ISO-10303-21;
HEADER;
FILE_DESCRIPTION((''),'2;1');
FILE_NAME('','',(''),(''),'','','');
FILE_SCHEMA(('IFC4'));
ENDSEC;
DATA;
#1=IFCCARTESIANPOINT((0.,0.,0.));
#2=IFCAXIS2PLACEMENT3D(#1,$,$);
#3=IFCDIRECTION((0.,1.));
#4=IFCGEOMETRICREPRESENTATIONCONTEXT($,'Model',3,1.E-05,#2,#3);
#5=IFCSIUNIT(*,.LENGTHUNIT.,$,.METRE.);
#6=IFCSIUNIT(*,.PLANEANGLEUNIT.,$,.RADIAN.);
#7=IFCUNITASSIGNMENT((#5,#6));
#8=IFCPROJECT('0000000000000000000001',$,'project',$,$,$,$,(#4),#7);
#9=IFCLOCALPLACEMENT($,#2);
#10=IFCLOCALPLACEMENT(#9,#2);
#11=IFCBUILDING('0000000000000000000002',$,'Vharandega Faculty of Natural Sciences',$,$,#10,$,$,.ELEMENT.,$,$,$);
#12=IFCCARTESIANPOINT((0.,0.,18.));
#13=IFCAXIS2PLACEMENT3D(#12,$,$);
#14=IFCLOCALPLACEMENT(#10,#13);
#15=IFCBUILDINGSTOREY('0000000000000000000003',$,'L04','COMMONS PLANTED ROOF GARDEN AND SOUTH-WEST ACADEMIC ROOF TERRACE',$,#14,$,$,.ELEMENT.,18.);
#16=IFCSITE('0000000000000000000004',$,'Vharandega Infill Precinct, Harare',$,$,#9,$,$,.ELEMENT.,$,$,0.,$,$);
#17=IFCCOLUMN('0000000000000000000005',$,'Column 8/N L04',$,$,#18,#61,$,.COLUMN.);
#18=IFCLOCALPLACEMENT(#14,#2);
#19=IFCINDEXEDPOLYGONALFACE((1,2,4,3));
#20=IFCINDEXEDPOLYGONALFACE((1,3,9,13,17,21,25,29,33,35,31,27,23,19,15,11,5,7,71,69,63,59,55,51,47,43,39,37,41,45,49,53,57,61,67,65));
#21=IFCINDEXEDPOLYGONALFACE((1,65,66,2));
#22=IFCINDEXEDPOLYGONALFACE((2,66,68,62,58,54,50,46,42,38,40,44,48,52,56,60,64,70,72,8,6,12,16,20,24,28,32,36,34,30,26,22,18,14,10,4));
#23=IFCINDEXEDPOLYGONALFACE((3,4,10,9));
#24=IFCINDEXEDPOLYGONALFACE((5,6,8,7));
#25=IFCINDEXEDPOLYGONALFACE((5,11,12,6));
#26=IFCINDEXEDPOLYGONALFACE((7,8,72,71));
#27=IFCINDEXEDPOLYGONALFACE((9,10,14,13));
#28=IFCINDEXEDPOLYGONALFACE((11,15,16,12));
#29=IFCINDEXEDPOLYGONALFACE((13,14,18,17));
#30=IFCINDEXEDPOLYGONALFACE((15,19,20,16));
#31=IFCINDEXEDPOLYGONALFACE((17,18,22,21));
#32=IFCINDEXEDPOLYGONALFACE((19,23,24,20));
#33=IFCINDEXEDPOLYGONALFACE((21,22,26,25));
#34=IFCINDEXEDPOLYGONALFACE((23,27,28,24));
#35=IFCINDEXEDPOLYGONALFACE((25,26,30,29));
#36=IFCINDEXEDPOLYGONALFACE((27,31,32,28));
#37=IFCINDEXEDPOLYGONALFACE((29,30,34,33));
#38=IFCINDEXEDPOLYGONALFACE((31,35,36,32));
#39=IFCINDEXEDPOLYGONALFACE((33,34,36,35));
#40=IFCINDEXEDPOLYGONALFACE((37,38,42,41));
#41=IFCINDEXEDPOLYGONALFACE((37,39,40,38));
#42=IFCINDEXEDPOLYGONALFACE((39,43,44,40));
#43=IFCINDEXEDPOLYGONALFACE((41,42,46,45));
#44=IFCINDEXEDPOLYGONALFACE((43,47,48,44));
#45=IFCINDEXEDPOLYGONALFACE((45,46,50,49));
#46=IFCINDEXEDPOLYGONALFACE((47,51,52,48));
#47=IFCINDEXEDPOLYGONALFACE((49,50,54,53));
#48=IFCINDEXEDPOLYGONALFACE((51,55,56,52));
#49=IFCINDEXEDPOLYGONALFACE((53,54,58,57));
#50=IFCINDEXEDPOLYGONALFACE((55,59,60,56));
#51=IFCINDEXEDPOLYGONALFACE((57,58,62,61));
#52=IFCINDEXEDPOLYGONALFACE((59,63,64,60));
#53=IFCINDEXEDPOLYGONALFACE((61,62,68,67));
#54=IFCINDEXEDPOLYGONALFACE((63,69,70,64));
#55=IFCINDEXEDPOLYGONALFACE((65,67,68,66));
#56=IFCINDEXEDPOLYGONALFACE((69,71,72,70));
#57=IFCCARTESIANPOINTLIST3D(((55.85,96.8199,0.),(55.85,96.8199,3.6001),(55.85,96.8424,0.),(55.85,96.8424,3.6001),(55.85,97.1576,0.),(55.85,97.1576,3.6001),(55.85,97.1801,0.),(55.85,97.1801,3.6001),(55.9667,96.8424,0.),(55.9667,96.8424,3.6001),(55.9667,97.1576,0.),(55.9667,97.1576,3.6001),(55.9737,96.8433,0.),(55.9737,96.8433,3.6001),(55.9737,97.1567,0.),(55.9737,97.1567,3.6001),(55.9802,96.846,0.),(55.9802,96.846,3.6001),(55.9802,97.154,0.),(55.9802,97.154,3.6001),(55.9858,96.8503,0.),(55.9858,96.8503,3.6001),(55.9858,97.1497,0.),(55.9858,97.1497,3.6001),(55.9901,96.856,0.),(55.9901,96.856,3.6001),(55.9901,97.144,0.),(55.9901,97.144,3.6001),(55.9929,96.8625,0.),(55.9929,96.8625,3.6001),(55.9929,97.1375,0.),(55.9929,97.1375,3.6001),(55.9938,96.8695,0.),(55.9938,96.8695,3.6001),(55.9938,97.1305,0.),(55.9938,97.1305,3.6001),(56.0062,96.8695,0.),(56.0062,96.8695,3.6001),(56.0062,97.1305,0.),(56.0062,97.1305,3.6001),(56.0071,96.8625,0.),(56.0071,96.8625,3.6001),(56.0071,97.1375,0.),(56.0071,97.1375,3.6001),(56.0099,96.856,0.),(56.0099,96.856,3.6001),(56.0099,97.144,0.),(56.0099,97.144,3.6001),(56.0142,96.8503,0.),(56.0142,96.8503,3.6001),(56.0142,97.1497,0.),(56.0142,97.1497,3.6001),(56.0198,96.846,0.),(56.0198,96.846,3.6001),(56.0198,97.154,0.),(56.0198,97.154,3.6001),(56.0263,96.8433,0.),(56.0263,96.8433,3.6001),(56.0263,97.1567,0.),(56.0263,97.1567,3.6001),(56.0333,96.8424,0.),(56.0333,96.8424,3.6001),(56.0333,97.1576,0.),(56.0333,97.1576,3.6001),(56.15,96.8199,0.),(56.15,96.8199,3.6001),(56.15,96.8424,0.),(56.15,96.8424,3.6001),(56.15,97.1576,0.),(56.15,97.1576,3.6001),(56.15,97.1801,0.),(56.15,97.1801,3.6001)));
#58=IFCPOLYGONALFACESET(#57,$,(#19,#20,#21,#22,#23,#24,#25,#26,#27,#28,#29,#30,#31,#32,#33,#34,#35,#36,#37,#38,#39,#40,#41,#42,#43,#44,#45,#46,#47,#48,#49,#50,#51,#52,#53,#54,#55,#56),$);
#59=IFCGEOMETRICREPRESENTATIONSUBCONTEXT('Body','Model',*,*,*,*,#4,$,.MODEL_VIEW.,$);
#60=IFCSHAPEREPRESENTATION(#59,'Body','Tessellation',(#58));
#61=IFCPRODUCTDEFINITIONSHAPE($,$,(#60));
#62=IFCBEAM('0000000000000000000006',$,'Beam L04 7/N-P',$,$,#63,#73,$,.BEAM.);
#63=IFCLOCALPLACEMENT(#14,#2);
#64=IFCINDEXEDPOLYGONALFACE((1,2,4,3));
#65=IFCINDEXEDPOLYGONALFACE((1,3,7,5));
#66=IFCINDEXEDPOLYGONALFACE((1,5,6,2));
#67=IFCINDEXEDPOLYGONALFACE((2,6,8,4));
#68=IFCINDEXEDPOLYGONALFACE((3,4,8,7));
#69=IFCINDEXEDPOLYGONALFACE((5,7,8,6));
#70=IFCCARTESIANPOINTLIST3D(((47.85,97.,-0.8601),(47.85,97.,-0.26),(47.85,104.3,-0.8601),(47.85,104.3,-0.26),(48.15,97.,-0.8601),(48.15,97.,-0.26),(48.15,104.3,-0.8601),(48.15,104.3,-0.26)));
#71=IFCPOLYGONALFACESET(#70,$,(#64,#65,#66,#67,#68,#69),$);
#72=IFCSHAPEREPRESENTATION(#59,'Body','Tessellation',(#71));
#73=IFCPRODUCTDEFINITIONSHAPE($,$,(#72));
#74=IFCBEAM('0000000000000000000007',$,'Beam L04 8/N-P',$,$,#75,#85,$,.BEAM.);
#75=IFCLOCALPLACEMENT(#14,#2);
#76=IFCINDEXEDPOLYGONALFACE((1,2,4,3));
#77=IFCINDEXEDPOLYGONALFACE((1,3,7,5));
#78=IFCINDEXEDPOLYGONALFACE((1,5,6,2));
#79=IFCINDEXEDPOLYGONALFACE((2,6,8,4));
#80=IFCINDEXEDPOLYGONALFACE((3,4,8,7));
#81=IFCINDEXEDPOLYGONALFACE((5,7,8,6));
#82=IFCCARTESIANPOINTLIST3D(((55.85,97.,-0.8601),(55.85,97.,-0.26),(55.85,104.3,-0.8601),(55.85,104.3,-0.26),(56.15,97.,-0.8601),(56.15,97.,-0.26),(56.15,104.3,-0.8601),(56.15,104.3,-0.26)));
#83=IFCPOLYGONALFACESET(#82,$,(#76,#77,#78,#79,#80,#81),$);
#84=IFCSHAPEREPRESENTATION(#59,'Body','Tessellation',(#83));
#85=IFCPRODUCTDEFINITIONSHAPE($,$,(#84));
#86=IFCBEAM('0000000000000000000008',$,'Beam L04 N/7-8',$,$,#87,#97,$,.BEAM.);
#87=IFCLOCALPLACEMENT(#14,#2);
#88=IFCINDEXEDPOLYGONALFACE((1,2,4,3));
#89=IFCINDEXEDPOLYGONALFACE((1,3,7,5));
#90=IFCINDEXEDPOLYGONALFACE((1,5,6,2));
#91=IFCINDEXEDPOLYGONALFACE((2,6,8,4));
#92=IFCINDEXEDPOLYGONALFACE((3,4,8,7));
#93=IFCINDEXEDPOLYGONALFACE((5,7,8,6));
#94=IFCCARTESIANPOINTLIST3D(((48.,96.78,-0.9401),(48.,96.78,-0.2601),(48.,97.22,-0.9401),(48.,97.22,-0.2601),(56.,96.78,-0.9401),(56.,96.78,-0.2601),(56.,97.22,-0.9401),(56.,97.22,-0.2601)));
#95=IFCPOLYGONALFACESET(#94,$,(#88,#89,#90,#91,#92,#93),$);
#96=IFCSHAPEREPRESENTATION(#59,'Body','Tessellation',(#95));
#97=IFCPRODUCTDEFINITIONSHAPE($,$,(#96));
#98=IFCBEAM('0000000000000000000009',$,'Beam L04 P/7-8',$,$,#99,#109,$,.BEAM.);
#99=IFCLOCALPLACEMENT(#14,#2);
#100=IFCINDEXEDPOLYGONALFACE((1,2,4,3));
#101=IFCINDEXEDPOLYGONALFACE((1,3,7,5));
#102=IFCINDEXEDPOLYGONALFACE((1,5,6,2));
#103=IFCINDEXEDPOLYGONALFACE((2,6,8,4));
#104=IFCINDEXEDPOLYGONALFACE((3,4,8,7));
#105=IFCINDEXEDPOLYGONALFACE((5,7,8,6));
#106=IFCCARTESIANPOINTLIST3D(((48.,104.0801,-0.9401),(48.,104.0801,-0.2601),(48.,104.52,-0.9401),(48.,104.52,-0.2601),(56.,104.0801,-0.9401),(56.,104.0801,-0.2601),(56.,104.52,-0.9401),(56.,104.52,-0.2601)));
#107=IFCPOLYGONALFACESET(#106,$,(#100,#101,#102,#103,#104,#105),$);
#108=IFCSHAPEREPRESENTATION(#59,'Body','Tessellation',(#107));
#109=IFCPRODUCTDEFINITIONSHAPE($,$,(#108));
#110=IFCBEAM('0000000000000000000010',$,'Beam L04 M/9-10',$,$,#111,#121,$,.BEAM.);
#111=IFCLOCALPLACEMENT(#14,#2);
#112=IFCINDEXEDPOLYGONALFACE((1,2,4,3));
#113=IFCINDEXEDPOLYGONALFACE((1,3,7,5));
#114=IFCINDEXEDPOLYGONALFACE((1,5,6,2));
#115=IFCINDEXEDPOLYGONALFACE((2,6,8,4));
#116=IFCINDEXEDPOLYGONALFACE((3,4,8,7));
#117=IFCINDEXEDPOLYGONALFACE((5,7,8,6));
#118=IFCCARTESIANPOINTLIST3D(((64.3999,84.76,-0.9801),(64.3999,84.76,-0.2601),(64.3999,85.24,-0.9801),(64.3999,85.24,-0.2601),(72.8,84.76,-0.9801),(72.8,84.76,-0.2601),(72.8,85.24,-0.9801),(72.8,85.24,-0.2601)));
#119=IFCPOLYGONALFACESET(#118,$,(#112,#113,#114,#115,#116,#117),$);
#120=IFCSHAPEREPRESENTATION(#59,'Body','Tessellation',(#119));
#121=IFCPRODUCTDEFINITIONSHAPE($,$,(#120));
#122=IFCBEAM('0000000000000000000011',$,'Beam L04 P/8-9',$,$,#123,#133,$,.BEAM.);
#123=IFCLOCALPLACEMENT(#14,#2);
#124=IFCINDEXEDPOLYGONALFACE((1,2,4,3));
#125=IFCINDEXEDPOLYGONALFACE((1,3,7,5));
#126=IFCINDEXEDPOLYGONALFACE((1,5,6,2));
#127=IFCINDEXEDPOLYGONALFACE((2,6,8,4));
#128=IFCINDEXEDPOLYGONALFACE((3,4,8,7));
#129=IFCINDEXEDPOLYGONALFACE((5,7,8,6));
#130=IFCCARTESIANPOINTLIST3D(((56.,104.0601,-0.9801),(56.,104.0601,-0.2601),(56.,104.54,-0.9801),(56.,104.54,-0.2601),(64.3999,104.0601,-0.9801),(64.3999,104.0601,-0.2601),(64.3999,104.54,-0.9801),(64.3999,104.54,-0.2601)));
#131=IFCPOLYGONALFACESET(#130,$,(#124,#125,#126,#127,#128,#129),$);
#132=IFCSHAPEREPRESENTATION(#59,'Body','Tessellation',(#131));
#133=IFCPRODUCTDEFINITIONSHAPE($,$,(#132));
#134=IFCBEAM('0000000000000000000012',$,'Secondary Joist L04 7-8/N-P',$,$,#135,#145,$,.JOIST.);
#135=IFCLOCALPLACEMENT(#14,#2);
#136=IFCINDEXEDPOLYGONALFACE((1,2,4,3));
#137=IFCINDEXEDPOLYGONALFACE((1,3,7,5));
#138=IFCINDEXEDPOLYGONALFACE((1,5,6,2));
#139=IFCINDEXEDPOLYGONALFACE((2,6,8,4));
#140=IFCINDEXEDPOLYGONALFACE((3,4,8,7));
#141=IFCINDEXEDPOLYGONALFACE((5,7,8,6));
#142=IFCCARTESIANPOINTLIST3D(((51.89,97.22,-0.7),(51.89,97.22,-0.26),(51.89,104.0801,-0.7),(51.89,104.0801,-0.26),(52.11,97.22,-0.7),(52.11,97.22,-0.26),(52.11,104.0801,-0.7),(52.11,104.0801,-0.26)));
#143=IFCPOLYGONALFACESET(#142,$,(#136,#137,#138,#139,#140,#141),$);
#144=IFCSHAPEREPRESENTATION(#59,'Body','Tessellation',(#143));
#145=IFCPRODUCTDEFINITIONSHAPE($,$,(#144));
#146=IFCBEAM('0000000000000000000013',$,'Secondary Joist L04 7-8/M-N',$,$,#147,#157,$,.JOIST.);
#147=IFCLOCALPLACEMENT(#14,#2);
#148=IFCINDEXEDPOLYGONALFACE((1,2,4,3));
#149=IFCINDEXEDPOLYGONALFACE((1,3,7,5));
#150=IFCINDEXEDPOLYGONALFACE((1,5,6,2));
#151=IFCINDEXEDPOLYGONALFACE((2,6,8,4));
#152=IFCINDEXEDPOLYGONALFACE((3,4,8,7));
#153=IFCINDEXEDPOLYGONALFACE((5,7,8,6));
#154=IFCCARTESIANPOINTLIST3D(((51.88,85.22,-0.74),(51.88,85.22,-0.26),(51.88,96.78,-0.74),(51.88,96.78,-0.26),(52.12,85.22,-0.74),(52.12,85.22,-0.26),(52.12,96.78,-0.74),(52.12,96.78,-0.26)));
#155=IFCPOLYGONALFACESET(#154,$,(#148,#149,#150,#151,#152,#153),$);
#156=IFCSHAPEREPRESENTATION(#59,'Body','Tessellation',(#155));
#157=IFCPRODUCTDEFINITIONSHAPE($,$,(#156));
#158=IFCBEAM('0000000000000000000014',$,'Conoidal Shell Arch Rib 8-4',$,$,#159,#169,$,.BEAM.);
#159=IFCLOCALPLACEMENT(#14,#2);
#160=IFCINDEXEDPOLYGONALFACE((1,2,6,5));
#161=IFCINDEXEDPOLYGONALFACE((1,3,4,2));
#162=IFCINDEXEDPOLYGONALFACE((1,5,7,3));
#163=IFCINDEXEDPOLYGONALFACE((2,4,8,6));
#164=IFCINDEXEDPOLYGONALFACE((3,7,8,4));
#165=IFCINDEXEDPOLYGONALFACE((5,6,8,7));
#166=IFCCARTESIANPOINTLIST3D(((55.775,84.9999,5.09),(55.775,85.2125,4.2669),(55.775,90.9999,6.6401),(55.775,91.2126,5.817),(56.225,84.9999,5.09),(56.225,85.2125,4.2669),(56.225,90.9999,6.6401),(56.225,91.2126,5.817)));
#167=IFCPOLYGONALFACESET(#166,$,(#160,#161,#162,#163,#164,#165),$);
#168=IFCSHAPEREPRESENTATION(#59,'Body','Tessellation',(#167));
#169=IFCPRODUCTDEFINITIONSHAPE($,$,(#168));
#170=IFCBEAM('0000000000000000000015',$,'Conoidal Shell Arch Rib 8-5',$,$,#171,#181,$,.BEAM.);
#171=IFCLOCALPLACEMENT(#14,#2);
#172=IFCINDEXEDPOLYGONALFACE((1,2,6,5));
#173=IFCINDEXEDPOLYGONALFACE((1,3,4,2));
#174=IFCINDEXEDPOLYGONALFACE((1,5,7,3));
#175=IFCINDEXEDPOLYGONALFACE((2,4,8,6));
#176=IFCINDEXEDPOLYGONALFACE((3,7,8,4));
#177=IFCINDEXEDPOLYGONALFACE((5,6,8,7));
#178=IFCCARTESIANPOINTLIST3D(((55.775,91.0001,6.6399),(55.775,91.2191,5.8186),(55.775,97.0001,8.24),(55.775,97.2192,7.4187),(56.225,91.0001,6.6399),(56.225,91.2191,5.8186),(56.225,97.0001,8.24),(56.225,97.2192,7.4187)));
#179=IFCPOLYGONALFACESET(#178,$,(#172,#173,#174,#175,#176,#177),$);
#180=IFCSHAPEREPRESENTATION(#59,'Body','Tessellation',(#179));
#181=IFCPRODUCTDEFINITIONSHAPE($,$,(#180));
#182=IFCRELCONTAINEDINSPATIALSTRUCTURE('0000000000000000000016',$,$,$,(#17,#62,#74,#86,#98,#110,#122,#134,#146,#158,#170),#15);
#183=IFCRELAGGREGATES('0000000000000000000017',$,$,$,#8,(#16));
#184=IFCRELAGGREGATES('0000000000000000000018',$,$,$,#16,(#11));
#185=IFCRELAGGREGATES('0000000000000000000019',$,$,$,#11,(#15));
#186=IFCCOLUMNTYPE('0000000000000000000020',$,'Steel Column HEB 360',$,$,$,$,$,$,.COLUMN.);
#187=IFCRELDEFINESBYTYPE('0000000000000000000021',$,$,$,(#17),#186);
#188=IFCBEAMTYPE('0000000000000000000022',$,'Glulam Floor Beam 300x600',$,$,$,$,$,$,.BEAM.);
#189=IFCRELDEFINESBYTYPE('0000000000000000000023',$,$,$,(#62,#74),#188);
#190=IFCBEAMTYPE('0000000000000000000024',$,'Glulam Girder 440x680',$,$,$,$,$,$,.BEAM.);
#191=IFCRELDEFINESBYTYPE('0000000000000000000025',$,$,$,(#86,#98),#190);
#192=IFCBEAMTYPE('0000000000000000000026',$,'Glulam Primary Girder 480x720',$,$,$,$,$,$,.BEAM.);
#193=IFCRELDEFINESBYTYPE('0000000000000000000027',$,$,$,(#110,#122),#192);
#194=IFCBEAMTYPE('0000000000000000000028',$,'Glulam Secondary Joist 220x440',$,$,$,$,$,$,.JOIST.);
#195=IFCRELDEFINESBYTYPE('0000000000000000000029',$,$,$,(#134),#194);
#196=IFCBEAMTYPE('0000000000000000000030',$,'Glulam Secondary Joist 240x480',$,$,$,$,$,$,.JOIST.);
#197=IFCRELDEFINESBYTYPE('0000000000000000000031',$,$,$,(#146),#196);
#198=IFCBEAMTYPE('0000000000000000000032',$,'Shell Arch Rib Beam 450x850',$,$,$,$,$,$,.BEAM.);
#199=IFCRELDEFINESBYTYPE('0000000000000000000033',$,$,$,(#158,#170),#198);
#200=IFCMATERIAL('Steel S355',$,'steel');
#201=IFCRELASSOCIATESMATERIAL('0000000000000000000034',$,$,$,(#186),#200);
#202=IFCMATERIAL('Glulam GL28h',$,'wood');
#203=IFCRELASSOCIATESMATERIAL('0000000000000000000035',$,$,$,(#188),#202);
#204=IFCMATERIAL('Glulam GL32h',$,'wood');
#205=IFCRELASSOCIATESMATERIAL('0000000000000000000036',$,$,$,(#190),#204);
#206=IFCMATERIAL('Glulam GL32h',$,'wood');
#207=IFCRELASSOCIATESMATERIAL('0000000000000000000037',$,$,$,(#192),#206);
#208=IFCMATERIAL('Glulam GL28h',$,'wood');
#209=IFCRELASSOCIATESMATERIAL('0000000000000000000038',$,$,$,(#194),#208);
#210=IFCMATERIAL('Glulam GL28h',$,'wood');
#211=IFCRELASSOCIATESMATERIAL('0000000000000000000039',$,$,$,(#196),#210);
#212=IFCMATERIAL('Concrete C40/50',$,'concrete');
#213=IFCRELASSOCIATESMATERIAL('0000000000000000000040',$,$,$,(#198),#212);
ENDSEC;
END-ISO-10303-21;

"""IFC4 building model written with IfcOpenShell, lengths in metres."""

from ifc_helpers import new_model, si_unit, direction, frame, origin, origin_2d, place, context, subcontext, project, spatial, rectangle, i_section, extrude, material, material_profile, profile_set, type_object, element, save


model = new_model("IFC4")

# Units and contexts
model_context = context("Model", 3, precision=1e-05, world=origin(), true_north=direction((0.0, 1.0)))
body_context = subcontext(model_context, "Body", "Model", "MODEL_VIEW")
ifc_project = project(units=[si_unit("LENGTHUNIT", "METRE"), si_unit("PLANEANGLEUNIT", "RADIAN")], contexts=[model_context])

# Site, building, storey
site_placement = place(None, origin())
site = spatial("IfcSite", under=ifc_project, at=site_placement, Name="Vharandega Infill Precinct, Harare", CompositionType="ELEMENT", RefElevation=0.0)
building_placement = place(site_placement, origin())
building = spatial("IfcBuilding", under=site, at=building_placement, Name="Vharandega Faculty of Natural Sciences", CompositionType="ELEMENT")
storey_placement = place(building_placement, frame((0.0, 0.0, 18.0)))
storey = spatial("IfcBuildingStorey", under=building, at=storey_placement, Name="L04", Description="COMMONS PLANTED ROOF GARDEN AND SOUTH-WEST ACADEMIC ROOF TERRACE", CompositionType="ELEMENT", Elevation=18.0)

# Column
ifc_material_1 = material(Name="Steel S355", Category="steel")
ifc_material_profile_1 = material_profile(ifc_material_1, i_section(OverallWidth=0.3, OverallDepth=0.3601, WebThickness=0.0125, FlangeThickness=0.0225, FilletRadius=0.0271, at=origin_2d()), Name="HEB 360")
ifc_profile_set_1 = profile_set([ifc_material_profile_1], Name="Steel S355")
column_type = type_object("IfcColumnType", Name="Steel Column HEB 360", PredefinedType="COLUMN", material=ifc_profile_set_1)
column_placement = place(storey_placement, frame((56.0, 97.0, 0.0), z_axis=(0.0, 0.0, 1.0), x_axis=(1.0, 0.0, 0.0)))
element("IfcColumn", 1, at=column_placement, inside=storey, type_object=column_type, Name="Column 8/N L04", PredefinedType="COLUMN", context=body_context, shape_type="SweptSolid", body=[
    extrude(i_section(OverallWidth=0.3, OverallDepth=0.3601, WebThickness=0.0125, FlangeThickness=0.0225, FilletRadius=0.0271, at=origin_2d()), origin(), (0.0, 0.0, 1.0), 3.6001),
])

# Beams
ifc_material_2 = material(Name="Glulam GL28h", Category="wood")
ifc_material_profile_2 = material_profile(ifc_material_2, rectangle(XDim=0.3, YDim=0.6001, at=origin_2d()), Name="GL28h 300x600")
ifc_profile_set_2 = profile_set([ifc_material_profile_2], Name="Glulam GL28h")
beam_type_1 = type_object("IfcBeamType", Name="Glulam Floor Beam 300x600", PredefinedType="BEAM", material=ifc_profile_set_2)
for number, where, z_axis, x_axis, name in (
    (2, (48.0, 97.0, -0.5601), (0.0, 1.0, 0.0), (-1.0, 0.0, 0.0), "Beam L04 7/N-P"),
    (3, (56.0, 97.0, -0.5601), (0.0, 1.0, 0.0), (-1.0, 0.0, 0.0), "Beam L04 8/N-P"),
):
    element("IfcBeam", number, at=place(storey_placement, frame(where, z_axis=z_axis, x_axis=x_axis)), inside=storey, type_object=beam_type_1, Name=name, PredefinedType="BEAM", context=body_context, shape_type="SweptSolid", body=[
        extrude(rectangle(XDim=0.3, YDim=0.6001, at=origin_2d()), origin(), (0.0, 0.0, 1.0), 7.3),
    ])
ifc_material_3 = material(Name="Glulam GL32h", Category="wood")
ifc_material_profile_3 = material_profile(ifc_material_3, rectangle(XDim=0.4399, YDim=0.6799, at=origin_2d()), Name="GL32h 440x680")
ifc_profile_set_3 = profile_set([ifc_material_profile_3], Name="Glulam GL32h")
beam_type_2 = type_object("IfcBeamType", Name="Glulam Girder 440x680", PredefinedType="BEAM", material=ifc_profile_set_3)
for number, where, z_axis, x_axis, name in (
    (4, (48.0, 97.0, -0.6001), (1.0, 0.0, 0.0), (0.0, 1.0, 0.0), "Beam L04 N/7-8"),
    (5, (48.0, 104.3, -0.6001), (1.0, 0.0, 0.0), (0.0, 1.0, 0.0), "Beam L04 P/7-8"),
):
    element("IfcBeam", number, at=place(storey_placement, frame(where, z_axis=z_axis, x_axis=x_axis)), inside=storey, type_object=beam_type_2, Name=name, PredefinedType="BEAM", context=body_context, shape_type="SweptSolid", body=[
        extrude(rectangle(XDim=0.4399, YDim=0.6799, at=origin_2d()), origin(), (0.0, 0.0, 1.0), 8.0),
    ])
ifc_material_4 = material(Name="Glulam GL32h", Category="wood")
ifc_material_profile_4 = material_profile(ifc_material_4, rectangle(XDim=0.48, YDim=0.72, at=origin_2d()), Name="GL32h 480x720")
ifc_profile_set_4 = profile_set([ifc_material_profile_4], Name="Glulam GL32h")
beam_type_3 = type_object("IfcBeamType", Name="Glulam Primary Girder 480x720", PredefinedType="BEAM", material=ifc_profile_set_4)
beam_1_placement = place(storey_placement, frame((64.3999, 85.0, -0.6201), z_axis=(1.0, 0.0, 0.0), x_axis=(0.0, 1.0, 0.0)))
element("IfcBeam", 6, at=beam_1_placement, inside=storey, type_object=beam_type_3, Name="Beam L04 M/9-10", PredefinedType="BEAM", context=body_context, shape_type="SweptSolid", body=[
    extrude(rectangle(XDim=0.48, YDim=0.72, at=origin_2d()), origin(), (0.0, 0.0, 1.0), 8.4001),
])
beam_2_placement = place(storey_placement, frame((56.0, 104.3, -0.6201), z_axis=(1.0, 0.0, 0.0), x_axis=(0.0, 1.0, 0.0)))
element("IfcBeam", 7, at=beam_2_placement, inside=storey, type_object=beam_type_3, Name="Beam L04 P/8-9", PredefinedType="BEAM", context=body_context, shape_type="SweptSolid", body=[
    extrude(rectangle(XDim=0.48, YDim=0.72, at=origin_2d()), origin(), (0.0, 0.0, 1.0), 8.3999),
])
ifc_material_5 = material(Name="Glulam GL28h", Category="wood")
ifc_material_profile_5 = material_profile(ifc_material_5, rectangle(XDim=0.22, YDim=0.4399, at=origin_2d()), Name="GL28h 220x440")
ifc_profile_set_5 = profile_set([ifc_material_profile_5], Name="Glulam GL28h")
beam_type_4 = type_object("IfcBeamType", Name="Glulam Secondary Joist 220x440", PredefinedType="JOIST", material=ifc_profile_set_5)
beam_3_placement = place(storey_placement, frame((52.0, 97.22, -0.48), z_axis=(0.0, 1.0, 0.0), x_axis=(-1.0, 0.0, 0.0)))
element("IfcBeam", 8, at=beam_3_placement, inside=storey, type_object=beam_type_4, Name="Secondary Joist L04 7-8/N-P", PredefinedType="JOIST", context=body_context, shape_type="SweptSolid", body=[
    extrude(rectangle(XDim=0.22, YDim=0.4399, at=origin_2d()), origin(), (0.0, 0.0, 1.0), 6.8601),
])
ifc_material_6 = material(Name="Glulam GL28h", Category="wood")
ifc_material_profile_6 = material_profile(ifc_material_6, rectangle(XDim=0.24, YDim=0.48, at=origin_2d()), Name="GL28h 240x480")
ifc_profile_set_6 = profile_set([ifc_material_profile_6], Name="Glulam GL28h")
beam_type_5 = type_object("IfcBeamType", Name="Glulam Secondary Joist 240x480", PredefinedType="JOIST", material=ifc_profile_set_6)
beam_4_placement = place(storey_placement, frame((52.0, 85.22, -0.5), z_axis=(0.0, 1.0, 0.0), x_axis=(-1.0, 0.0, 0.0)))
element("IfcBeam", 9, at=beam_4_placement, inside=storey, type_object=beam_type_5, Name="Secondary Joist L04 7-8/M-N", PredefinedType="JOIST", context=body_context, shape_type="SweptSolid", body=[
    extrude(rectangle(XDim=0.24, YDim=0.48, at=origin_2d()), origin(), (0.0, 0.0, 1.0), 11.5601),
])
ifc_material_7 = material(Name="Concrete C40/50", Category="concrete")
ifc_material_profile_7 = material_profile(ifc_material_7, rectangle(XDim=0.45, YDim=0.8501, at=origin_2d()), Name="RC 450x850")
ifc_profile_set_7 = profile_set([ifc_material_profile_7], Name="Concrete C40/50")
beam_type_6 = type_object("IfcBeamType", Name="Shell Arch Rib Beam 450x850", PredefinedType="BEAM", material=ifc_profile_set_7)
beam_5_placement = place(storey_placement, frame((56.0, 85.1062, 4.6785), z_axis=(0.0, 0.968212, 0.250129), x_axis=(-1.0, 0.0, 0.0)))
element("IfcBeam", 10, at=beam_5_placement, inside=storey, type_object=beam_type_6, Name="Conoidal Shell Arch Rib 8-4", PredefinedType="BEAM", context=body_context, shape_type="SweptSolid", body=[
    extrude(rectangle(XDim=0.45, YDim=0.8501, at=origin_2d()), origin(), (0.0, 0.0, 1.0), 6.197),
])
beam_6_placement = place(storey_placement, frame((56.0, 91.1096, 6.2292), z_axis=(0.0, 0.966231, 0.257677), x_axis=(-1.0, 0.0, 0.0)))
element("IfcBeam", 11, at=beam_6_placement, inside=storey, type_object=beam_type_6, Name="Conoidal Shell Arch Rib 8-5", PredefinedType="BEAM", context=body_context, shape_type="SweptSolid", body=[
    extrude(rectangle(XDim=0.45, YDim=0.8501, at=origin_2d()), origin(), (0.0, 0.0, 1.0), 6.2097),
])

save(model, "model.ifc")
